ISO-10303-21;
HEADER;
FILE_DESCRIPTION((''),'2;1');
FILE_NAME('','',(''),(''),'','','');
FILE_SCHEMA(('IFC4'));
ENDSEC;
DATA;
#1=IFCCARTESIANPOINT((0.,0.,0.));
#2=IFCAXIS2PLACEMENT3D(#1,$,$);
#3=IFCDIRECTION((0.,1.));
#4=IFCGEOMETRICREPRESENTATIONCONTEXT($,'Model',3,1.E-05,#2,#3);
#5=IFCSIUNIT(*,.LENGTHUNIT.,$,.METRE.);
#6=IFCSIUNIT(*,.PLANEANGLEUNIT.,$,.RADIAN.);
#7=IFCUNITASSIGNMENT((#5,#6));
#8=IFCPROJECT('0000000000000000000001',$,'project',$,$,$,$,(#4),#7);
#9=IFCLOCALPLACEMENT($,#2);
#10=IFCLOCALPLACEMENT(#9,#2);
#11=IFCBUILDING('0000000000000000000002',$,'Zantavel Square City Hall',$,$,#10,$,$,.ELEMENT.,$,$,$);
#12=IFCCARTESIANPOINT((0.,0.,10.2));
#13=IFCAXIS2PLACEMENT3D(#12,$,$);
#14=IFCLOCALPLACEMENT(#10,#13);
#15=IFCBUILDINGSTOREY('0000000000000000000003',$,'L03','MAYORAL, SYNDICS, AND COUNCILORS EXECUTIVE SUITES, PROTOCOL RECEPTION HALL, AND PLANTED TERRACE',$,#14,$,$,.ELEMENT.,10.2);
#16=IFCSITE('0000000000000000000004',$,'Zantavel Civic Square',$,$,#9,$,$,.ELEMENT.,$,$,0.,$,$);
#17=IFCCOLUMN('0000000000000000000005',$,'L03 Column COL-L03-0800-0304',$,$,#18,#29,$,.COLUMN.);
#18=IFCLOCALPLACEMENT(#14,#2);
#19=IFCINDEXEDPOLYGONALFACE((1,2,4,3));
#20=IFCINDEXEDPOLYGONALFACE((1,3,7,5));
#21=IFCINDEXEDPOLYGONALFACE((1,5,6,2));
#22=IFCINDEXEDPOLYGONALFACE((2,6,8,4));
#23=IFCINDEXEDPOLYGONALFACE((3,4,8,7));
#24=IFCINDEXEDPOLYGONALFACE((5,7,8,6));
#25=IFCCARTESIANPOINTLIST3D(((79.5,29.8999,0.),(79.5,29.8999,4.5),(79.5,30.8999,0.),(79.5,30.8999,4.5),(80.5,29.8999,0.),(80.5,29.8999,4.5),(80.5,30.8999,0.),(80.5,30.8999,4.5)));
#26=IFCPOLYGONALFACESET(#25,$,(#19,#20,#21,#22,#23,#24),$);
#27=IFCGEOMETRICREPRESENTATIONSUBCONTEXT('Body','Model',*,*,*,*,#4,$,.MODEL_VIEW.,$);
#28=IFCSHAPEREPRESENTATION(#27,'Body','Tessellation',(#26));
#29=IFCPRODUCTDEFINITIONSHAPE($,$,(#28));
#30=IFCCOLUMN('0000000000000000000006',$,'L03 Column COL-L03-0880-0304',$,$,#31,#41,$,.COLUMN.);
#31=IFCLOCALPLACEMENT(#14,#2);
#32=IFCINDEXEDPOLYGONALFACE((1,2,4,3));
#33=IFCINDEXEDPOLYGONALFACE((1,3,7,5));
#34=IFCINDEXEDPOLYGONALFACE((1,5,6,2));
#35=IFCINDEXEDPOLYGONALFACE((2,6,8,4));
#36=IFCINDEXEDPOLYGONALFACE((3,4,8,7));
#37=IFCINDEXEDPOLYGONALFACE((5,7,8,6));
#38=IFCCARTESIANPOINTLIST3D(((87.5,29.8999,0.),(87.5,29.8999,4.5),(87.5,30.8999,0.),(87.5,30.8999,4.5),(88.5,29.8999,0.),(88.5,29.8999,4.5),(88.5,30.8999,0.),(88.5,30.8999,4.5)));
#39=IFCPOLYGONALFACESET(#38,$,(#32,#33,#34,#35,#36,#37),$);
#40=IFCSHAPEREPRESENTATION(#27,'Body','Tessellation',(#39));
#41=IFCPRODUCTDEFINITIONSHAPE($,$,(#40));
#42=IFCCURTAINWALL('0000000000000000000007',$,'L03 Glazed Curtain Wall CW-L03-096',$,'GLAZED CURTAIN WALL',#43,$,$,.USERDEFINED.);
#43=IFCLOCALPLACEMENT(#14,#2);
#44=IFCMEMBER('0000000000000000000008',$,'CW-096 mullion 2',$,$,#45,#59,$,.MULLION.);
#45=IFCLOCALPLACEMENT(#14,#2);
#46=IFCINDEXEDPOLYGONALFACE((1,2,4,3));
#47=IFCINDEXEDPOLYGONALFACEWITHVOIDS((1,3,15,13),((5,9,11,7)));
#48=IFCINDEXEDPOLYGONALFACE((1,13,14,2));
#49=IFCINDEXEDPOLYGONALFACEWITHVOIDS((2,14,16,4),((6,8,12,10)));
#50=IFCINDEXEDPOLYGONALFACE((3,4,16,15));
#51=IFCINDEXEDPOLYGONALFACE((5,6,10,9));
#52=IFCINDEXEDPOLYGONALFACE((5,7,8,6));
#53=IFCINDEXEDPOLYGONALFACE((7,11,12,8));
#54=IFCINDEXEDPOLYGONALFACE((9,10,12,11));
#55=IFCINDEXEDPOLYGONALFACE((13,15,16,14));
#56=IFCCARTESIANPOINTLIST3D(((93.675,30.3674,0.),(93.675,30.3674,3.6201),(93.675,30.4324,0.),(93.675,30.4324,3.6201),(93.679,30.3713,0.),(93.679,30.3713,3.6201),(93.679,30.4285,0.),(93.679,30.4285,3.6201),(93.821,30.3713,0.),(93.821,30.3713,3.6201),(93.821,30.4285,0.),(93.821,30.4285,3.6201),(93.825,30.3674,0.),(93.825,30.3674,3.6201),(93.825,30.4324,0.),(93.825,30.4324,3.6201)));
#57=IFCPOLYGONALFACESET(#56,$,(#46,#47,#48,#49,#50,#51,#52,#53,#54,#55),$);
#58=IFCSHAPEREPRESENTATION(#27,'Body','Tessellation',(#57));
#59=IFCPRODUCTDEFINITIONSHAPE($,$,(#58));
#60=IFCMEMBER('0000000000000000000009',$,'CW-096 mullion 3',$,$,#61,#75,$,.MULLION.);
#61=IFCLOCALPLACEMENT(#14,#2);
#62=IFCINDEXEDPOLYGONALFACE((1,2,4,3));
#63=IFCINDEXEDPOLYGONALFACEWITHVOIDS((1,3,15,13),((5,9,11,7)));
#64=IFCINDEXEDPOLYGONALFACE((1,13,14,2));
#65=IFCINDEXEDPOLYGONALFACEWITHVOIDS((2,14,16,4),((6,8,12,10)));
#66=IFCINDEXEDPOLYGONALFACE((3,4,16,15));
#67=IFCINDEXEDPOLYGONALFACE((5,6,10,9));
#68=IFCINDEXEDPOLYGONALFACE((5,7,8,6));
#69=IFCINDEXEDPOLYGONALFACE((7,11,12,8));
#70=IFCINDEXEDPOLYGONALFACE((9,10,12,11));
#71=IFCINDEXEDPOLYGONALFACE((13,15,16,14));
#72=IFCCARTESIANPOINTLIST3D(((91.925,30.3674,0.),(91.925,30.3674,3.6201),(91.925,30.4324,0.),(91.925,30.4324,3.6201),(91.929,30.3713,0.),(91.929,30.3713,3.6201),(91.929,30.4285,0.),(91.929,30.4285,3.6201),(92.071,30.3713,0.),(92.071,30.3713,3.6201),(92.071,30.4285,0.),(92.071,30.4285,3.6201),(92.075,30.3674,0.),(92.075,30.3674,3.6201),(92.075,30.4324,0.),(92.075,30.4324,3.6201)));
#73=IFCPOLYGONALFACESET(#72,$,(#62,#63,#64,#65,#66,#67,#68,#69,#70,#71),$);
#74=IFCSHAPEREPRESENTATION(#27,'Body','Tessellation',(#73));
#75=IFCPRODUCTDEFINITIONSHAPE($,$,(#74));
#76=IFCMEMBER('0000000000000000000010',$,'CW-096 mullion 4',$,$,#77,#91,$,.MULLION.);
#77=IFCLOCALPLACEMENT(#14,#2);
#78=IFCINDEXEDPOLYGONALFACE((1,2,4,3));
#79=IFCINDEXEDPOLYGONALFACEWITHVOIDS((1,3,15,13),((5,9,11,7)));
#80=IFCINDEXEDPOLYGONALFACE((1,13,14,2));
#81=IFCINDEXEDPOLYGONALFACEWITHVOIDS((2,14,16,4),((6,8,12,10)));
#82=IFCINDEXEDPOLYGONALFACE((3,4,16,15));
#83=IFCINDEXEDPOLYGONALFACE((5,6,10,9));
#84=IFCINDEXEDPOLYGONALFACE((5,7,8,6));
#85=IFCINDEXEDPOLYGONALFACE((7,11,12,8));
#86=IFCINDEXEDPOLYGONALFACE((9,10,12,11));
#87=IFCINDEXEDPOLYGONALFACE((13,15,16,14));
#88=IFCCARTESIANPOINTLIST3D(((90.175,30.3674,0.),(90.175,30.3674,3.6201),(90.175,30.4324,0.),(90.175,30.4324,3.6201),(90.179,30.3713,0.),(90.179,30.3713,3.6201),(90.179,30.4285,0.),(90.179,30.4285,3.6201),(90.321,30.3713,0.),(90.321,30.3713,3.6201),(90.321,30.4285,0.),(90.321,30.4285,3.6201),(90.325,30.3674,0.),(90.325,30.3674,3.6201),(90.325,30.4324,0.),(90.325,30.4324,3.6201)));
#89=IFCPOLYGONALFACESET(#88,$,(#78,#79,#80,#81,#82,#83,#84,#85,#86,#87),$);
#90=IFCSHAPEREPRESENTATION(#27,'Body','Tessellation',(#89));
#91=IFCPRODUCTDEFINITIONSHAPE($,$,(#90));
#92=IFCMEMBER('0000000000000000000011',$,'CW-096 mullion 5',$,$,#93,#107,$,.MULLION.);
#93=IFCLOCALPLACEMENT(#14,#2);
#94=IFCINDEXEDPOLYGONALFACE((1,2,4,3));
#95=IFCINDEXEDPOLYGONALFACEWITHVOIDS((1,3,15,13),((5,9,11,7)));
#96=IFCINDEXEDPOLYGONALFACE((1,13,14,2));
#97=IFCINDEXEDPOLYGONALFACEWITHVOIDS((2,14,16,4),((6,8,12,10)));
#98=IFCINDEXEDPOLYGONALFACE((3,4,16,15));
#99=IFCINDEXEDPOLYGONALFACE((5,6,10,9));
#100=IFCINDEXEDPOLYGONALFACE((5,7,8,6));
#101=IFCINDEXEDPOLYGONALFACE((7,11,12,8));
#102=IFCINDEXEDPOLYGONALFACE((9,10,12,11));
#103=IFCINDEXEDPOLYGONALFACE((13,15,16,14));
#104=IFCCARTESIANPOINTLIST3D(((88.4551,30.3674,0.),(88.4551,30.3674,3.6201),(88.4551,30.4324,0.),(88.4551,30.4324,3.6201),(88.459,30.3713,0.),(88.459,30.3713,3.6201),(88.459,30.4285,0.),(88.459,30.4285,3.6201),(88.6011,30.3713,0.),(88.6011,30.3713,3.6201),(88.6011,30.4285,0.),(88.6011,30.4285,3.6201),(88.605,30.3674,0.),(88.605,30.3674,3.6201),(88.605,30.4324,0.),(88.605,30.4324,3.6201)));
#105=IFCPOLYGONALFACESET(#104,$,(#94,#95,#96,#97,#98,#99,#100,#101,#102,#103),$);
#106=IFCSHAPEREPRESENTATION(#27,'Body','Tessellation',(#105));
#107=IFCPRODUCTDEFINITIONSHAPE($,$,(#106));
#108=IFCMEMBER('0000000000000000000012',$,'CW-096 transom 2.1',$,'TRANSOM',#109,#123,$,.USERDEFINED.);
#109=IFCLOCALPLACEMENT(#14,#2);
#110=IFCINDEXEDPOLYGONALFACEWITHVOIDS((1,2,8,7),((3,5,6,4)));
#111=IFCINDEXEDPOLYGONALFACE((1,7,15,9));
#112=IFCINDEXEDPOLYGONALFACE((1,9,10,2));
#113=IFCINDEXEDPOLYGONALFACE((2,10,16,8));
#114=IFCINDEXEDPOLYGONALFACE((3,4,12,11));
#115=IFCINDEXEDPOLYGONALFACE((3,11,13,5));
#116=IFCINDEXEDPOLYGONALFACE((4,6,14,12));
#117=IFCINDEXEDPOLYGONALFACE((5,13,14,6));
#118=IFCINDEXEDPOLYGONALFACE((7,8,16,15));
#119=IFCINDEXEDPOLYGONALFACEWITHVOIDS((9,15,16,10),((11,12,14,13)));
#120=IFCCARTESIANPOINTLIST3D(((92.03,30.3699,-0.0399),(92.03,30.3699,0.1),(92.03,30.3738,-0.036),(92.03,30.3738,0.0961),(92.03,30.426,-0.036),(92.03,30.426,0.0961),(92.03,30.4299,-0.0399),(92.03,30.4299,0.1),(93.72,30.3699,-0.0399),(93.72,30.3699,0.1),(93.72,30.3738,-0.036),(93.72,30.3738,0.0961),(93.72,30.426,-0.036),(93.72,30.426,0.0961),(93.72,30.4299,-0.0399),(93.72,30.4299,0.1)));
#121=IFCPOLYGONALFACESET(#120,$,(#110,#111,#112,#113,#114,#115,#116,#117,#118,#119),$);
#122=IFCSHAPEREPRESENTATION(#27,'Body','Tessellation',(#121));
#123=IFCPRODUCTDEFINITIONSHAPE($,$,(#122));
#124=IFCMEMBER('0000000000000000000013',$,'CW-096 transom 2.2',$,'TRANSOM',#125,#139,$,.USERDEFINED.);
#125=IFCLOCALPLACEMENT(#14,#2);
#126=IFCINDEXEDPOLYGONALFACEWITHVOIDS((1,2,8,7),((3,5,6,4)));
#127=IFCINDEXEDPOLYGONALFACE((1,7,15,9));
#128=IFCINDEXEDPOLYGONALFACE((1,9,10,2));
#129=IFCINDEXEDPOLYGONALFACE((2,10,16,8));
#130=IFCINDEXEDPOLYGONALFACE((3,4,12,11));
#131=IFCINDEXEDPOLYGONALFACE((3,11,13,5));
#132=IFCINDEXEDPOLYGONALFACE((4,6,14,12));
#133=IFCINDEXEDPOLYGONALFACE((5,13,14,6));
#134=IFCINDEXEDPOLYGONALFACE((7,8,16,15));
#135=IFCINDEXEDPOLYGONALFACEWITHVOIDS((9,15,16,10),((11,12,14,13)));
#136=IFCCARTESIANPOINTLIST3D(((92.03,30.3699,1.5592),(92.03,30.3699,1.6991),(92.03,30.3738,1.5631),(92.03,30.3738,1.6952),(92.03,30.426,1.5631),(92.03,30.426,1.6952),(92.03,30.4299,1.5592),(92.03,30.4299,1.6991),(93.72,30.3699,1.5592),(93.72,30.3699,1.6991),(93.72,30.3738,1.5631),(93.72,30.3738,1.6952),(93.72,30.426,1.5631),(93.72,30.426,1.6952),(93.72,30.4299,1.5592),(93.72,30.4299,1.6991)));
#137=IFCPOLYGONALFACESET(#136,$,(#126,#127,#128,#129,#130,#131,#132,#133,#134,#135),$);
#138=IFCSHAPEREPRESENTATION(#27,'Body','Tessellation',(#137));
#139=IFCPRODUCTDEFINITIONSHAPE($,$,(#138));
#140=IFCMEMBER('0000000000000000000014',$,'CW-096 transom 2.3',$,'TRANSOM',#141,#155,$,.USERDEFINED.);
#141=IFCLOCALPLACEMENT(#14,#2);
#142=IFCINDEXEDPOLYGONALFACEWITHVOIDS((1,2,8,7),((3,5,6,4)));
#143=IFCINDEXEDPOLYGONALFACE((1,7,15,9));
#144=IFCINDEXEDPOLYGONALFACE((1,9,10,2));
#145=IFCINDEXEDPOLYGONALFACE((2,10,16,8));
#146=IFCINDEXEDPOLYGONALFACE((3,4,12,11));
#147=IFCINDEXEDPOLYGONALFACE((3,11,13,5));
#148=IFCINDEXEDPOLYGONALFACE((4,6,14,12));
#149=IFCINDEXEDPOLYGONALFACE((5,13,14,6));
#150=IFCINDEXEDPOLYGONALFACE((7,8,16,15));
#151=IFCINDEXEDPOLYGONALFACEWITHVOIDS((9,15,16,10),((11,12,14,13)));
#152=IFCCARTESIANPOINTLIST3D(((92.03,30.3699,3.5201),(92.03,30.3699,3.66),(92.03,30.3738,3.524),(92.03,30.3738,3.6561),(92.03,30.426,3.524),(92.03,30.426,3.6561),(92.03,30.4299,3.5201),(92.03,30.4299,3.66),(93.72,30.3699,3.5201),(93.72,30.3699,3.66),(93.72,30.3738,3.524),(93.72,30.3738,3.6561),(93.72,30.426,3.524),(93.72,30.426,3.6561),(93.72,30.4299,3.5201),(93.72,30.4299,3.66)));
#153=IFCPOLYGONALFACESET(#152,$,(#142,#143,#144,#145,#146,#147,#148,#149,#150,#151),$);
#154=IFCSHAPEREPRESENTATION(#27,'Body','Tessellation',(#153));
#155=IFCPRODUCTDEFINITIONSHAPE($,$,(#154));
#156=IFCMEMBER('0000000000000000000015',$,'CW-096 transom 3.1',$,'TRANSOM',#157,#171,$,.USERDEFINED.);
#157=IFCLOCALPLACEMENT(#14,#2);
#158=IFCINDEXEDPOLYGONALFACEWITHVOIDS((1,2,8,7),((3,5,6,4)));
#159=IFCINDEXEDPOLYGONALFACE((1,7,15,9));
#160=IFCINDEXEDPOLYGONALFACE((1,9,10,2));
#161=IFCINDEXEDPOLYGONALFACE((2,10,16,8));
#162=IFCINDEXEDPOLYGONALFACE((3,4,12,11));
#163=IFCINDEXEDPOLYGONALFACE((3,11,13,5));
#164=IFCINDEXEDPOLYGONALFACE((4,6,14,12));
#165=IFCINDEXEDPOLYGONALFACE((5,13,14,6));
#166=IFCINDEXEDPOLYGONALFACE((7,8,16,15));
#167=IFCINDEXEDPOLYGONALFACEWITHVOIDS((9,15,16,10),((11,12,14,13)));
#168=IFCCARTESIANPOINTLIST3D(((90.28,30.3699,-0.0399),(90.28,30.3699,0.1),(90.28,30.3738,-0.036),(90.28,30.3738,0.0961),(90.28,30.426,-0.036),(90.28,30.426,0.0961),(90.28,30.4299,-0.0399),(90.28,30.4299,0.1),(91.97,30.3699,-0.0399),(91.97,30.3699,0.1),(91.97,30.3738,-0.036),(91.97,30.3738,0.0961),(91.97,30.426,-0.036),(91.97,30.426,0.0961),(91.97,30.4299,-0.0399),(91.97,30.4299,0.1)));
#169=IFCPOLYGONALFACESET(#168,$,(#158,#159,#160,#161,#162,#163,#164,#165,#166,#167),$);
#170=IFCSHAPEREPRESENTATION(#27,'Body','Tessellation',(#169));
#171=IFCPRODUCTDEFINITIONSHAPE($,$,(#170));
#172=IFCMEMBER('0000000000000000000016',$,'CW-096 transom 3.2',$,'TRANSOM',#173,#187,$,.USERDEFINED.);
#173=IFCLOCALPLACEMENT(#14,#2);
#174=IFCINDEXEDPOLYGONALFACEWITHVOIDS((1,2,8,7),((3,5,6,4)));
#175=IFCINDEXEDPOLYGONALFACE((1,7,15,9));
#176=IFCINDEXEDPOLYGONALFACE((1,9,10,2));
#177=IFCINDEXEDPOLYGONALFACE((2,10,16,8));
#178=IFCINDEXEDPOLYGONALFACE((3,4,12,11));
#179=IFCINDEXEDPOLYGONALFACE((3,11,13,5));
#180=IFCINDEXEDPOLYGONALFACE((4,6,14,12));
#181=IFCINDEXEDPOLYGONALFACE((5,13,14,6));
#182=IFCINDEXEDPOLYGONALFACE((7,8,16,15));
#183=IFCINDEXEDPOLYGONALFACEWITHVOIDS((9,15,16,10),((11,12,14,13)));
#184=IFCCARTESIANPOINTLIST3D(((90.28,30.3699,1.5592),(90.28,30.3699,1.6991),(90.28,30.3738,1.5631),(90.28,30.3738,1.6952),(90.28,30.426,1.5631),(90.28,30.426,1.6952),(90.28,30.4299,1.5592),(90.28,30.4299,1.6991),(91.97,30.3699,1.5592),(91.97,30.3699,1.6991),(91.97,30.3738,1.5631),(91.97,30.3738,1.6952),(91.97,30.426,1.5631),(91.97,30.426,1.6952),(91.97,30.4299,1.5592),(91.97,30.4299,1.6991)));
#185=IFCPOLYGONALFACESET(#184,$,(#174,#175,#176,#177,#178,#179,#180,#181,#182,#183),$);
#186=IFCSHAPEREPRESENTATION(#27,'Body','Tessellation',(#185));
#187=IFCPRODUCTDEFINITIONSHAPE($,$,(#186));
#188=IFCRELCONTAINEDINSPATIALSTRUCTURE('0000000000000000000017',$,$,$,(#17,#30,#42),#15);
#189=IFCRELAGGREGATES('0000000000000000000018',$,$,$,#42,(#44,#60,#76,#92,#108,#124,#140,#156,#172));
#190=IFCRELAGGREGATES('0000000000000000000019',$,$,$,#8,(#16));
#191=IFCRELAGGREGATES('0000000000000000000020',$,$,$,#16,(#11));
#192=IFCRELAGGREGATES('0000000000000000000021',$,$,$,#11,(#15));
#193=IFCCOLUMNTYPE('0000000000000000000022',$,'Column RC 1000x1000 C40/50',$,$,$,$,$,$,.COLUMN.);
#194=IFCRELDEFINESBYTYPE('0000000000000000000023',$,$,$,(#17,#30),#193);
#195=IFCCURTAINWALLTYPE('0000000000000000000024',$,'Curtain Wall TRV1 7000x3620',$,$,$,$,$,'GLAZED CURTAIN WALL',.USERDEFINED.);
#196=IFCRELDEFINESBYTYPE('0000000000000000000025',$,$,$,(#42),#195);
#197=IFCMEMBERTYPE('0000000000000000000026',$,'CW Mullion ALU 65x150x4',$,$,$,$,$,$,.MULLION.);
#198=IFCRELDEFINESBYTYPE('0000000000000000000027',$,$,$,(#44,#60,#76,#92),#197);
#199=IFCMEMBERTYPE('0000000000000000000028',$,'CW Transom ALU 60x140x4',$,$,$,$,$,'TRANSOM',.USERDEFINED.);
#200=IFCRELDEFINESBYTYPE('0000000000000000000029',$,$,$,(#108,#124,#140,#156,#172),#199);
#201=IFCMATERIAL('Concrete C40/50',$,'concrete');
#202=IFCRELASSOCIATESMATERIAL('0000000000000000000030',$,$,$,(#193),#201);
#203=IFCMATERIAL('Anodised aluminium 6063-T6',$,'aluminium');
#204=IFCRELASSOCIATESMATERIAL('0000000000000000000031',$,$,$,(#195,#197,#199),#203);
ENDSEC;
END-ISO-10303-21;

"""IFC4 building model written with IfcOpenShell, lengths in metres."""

from ifc_helpers import new_model, si_unit, direction, frame, origin, origin_2d, place, context, subcontext, project, spatial, rectangle, hollow_rectangle, extrude, material, material_profile, profile_set, type_object, element, aggregate, save


model = new_model("IFC4")

# Units and contexts
model_context = context("Model", 3, precision=1e-05, world=origin(), true_north=direction((0.0, 1.0)))
body_context = subcontext(model_context, "Body", "Model", "MODEL_VIEW")
ifc_project = project(units=[si_unit("LENGTHUNIT", "METRE"), si_unit("PLANEANGLEUNIT", "RADIAN")], contexts=[model_context])

# Site, building, storey
site_placement = place(None, origin())
site = spatial("IfcSite", under=ifc_project, at=site_placement, Name="Zantavel Civic Square", CompositionType="ELEMENT", RefElevation=0.0)
building_placement = place(site_placement, origin())
building = spatial("IfcBuilding", under=site, at=building_placement, Name="Zantavel Square City Hall", CompositionType="ELEMENT")
storey_placement = place(building_placement, frame((0.0, 0.0, 10.2)))
storey = spatial("IfcBuildingStorey", under=building, at=storey_placement, Name="L03", Description="MAYORAL, SYNDICS, AND COUNCILORS EXECUTIVE SUITES, PROTOCOL RECEPTION HALL, AND PLANTED TERRACE", CompositionType="ELEMENT", Elevation=10.2)

# Columns
ifc_material_1 = material(Name="Concrete C40/50", Category="concrete")
ifc_material_profile_1 = material_profile(ifc_material_1, rectangle(XDim=1.0, YDim=1.0, at=origin_2d()), Name="RC 1000x1000")
ifc_profile_set_1 = profile_set([ifc_material_profile_1], Name="Concrete C40/50")
column_type = type_object("IfcColumnType", Name="Column RC 1000x1000 C40/50", PredefinedType="COLUMN", material=ifc_profile_set_1)
for number, where, z_axis, x_axis, name in (
    (1, (80.0, 30.3999, 0.0), (0.0, 0.0, 1.0), (1.0, 0.0, 0.0), "L03 Column COL-L03-0800-0304"),
    (2, (88.0, 30.3999, 0.0), (0.0, 0.0, 1.0), (1.0, 0.0, 0.0), "L03 Column COL-L03-0880-0304"),
):
    element("IfcColumn", number, at=place(storey_placement, frame(where, z_axis=z_axis, x_axis=x_axis)), inside=storey, type_object=column_type, Name=name, PredefinedType="COLUMN", context=body_context, shape_type="SweptSolid", body=[
        extrude(rectangle(XDim=1.0, YDim=1.0, at=origin_2d()), origin(), (0.0, 0.0, 1.0), 4.5),
    ])

# Curtain wall, members
ifc_material_2 = material(Name="Anodised aluminium 6063-T6", Category="aluminium")
curtain_wall_type = type_object("IfcCurtainWallType", Name="Curtain Wall TRV1 7000x3620", ElementType="GLAZED CURTAIN WALL", PredefinedType="USERDEFINED", material=ifc_material_2)
curtain_wall_placement = place(storey_placement, origin())
curtain_wall = element("IfcCurtainWall", 3, at=curtain_wall_placement, inside=storey, type_object=curtain_wall_type, Name="L03 Glazed Curtain Wall CW-L03-096", ObjectType="GLAZED CURTAIN WALL", PredefinedType="USERDEFINED")
ifc_material_profile_2 = material_profile(ifc_material_2, hollow_rectangle(XDim=0.0649, YDim=0.1499, WallThickness=0.0039, at=origin_2d()), Name="ALU 65x150x4")
ifc_profile_set_2 = profile_set([ifc_material_profile_2], Name="Anodised aluminium 6063-T6")
member_type_1 = type_object("IfcMemberType", Name="CW Mullion ALU 65x150x4", PredefinedType="MULLION", material=ifc_profile_set_2)
member_1_placement = place(storey_placement, frame((93.75, 30.3999, 0.0), z_axis=(0.0, 0.0, 1.0), x_axis=(0.0, -1.0, 0.0)))
member_1 = element("IfcMember", 4, at=member_1_placement, type_object=member_type_1, Name="CW-096 mullion 2", PredefinedType="MULLION", context=body_context, shape_type="SweptSolid", body=[
    extrude(hollow_rectangle(XDim=0.0649, YDim=0.1499, WallThickness=0.0039, at=origin_2d()), origin(), (0.0, 0.0, 1.0), 3.6201),
])
member_2_placement = place(storey_placement, frame((92.0, 30.3999, 0.0), z_axis=(0.0, 0.0, 1.0), x_axis=(0.0, -1.0, 0.0)))
member_2 = element("IfcMember", 5, at=member_2_placement, type_object=member_type_1, Name="CW-096 mullion 3", PredefinedType="MULLION", context=body_context, shape_type="SweptSolid", body=[
    extrude(hollow_rectangle(XDim=0.0649, YDim=0.1499, WallThickness=0.0039, at=origin_2d()), origin(), (0.0, 0.0, 1.0), 3.6201),
])
member_3_placement = place(storey_placement, frame((90.25, 30.3999, 0.0), z_axis=(0.0, 0.0, 1.0), x_axis=(0.0, -1.0, 0.0)))
member_3 = element("IfcMember", 6, at=member_3_placement, type_object=member_type_1, Name="CW-096 mullion 4", PredefinedType="MULLION", context=body_context, shape_type="SweptSolid", body=[
    extrude(hollow_rectangle(XDim=0.0649, YDim=0.1499, WallThickness=0.0039, at=origin_2d()), origin(), (0.0, 0.0, 1.0), 3.6201),
])
member_4_placement = place(storey_placement, frame((88.53, 30.3999, 0.0), z_axis=(0.0, 0.0, 1.0), x_axis=(0.0, -1.0, 0.0)))
member_4 = element("IfcMember", 7, at=member_4_placement, type_object=member_type_1, Name="CW-096 mullion 5", PredefinedType="MULLION", context=body_context, shape_type="SweptSolid", body=[
    extrude(hollow_rectangle(XDim=0.0649, YDim=0.1499, WallThickness=0.0039, at=origin_2d()), origin(), (0.0, 0.0, 1.0), 3.6201),
])
ifc_material_profile_3 = material_profile(ifc_material_2, hollow_rectangle(XDim=0.0601, YDim=0.1399, WallThickness=0.0039, at=origin_2d()), Name="ALU 60x140x4")
ifc_profile_set_3 = profile_set([ifc_material_profile_3], Name="Anodised aluminium 6063-T6")
member_type_2 = type_object("IfcMemberType", Name="CW Transom ALU 60x140x4", ElementType="TRANSOM", PredefinedType="USERDEFINED", material=ifc_profile_set_3)
member_5_placement = place(storey_placement, frame((93.72, 30.3999, 0.03), z_axis=(-1.0, 0.0, 0.0), x_axis=(0.0, -1.0, 0.0)))
member_5 = element("IfcMember", 8, at=member_5_placement, type_object=member_type_2, Name="CW-096 transom 2.1", ObjectType="TRANSOM", PredefinedType="USERDEFINED", context=body_context, shape_type="SweptSolid", body=[
    extrude(hollow_rectangle(XDim=0.0601, YDim=0.1399, WallThickness=0.0039, at=origin_2d()), origin(), (0.0, 0.0, 1.0), 1.6899),
])
member_6_placement = place(storey_placement, frame((93.72, 30.3999, 1.6292), z_axis=(-1.0, 0.0, 0.0), x_axis=(0.0, -1.0, 0.0)))
member_6 = element("IfcMember", 9, at=member_6_placement, type_object=member_type_2, Name="CW-096 transom 2.2", ObjectType="TRANSOM", PredefinedType="USERDEFINED", context=body_context, shape_type="SweptSolid", body=[
    extrude(hollow_rectangle(XDim=0.0601, YDim=0.1399, WallThickness=0.0039, at=origin_2d()), origin(), (0.0, 0.0, 1.0), 1.6899),
])
member_7_placement = place(storey_placement, frame((93.72, 30.3999, 3.5901), z_axis=(-1.0, 0.0, 0.0), x_axis=(0.0, -1.0, 0.0)))
member_7 = element("IfcMember", 10, at=member_7_placement, type_object=member_type_2, Name="CW-096 transom 2.3", ObjectType="TRANSOM", PredefinedType="USERDEFINED", context=body_context, shape_type="SweptSolid", body=[
    extrude(hollow_rectangle(XDim=0.0601, YDim=0.1399, WallThickness=0.0039, at=origin_2d()), origin(), (0.0, 0.0, 1.0), 1.6899),
])
member_8_placement = place(storey_placement, frame((91.97, 30.3999, 0.03), z_axis=(-1.0, 0.0, 0.0), x_axis=(0.0, -1.0, 0.0)))
member_8 = element("IfcMember", 11, at=member_8_placement, type_object=member_type_2, Name="CW-096 transom 3.1", ObjectType="TRANSOM", PredefinedType="USERDEFINED", context=body_context, shape_type="SweptSolid", body=[
    extrude(hollow_rectangle(XDim=0.0601, YDim=0.1399, WallThickness=0.0039, at=origin_2d()), origin(), (0.0, 0.0, 1.0), 1.6899),
])
member_9_placement = place(storey_placement, frame((91.97, 30.3999, 1.6292), z_axis=(-1.0, 0.0, 0.0), x_axis=(0.0, -1.0, 0.0)))
member_9 = element("IfcMember", 12, at=member_9_placement, type_object=member_type_2, Name="CW-096 transom 3.2", ObjectType="TRANSOM", PredefinedType="USERDEFINED", context=body_context, shape_type="SweptSolid", body=[
    extrude(hollow_rectangle(XDim=0.0601, YDim=0.1399, WallThickness=0.0039, at=origin_2d()), origin(), (0.0, 0.0, 1.0), 1.6899),
])

aggregate(curtain_wall, [member_1, member_2, member_3, member_4, member_5, member_6, member_7, member_8, member_9])

save(model, "model.ifc")
